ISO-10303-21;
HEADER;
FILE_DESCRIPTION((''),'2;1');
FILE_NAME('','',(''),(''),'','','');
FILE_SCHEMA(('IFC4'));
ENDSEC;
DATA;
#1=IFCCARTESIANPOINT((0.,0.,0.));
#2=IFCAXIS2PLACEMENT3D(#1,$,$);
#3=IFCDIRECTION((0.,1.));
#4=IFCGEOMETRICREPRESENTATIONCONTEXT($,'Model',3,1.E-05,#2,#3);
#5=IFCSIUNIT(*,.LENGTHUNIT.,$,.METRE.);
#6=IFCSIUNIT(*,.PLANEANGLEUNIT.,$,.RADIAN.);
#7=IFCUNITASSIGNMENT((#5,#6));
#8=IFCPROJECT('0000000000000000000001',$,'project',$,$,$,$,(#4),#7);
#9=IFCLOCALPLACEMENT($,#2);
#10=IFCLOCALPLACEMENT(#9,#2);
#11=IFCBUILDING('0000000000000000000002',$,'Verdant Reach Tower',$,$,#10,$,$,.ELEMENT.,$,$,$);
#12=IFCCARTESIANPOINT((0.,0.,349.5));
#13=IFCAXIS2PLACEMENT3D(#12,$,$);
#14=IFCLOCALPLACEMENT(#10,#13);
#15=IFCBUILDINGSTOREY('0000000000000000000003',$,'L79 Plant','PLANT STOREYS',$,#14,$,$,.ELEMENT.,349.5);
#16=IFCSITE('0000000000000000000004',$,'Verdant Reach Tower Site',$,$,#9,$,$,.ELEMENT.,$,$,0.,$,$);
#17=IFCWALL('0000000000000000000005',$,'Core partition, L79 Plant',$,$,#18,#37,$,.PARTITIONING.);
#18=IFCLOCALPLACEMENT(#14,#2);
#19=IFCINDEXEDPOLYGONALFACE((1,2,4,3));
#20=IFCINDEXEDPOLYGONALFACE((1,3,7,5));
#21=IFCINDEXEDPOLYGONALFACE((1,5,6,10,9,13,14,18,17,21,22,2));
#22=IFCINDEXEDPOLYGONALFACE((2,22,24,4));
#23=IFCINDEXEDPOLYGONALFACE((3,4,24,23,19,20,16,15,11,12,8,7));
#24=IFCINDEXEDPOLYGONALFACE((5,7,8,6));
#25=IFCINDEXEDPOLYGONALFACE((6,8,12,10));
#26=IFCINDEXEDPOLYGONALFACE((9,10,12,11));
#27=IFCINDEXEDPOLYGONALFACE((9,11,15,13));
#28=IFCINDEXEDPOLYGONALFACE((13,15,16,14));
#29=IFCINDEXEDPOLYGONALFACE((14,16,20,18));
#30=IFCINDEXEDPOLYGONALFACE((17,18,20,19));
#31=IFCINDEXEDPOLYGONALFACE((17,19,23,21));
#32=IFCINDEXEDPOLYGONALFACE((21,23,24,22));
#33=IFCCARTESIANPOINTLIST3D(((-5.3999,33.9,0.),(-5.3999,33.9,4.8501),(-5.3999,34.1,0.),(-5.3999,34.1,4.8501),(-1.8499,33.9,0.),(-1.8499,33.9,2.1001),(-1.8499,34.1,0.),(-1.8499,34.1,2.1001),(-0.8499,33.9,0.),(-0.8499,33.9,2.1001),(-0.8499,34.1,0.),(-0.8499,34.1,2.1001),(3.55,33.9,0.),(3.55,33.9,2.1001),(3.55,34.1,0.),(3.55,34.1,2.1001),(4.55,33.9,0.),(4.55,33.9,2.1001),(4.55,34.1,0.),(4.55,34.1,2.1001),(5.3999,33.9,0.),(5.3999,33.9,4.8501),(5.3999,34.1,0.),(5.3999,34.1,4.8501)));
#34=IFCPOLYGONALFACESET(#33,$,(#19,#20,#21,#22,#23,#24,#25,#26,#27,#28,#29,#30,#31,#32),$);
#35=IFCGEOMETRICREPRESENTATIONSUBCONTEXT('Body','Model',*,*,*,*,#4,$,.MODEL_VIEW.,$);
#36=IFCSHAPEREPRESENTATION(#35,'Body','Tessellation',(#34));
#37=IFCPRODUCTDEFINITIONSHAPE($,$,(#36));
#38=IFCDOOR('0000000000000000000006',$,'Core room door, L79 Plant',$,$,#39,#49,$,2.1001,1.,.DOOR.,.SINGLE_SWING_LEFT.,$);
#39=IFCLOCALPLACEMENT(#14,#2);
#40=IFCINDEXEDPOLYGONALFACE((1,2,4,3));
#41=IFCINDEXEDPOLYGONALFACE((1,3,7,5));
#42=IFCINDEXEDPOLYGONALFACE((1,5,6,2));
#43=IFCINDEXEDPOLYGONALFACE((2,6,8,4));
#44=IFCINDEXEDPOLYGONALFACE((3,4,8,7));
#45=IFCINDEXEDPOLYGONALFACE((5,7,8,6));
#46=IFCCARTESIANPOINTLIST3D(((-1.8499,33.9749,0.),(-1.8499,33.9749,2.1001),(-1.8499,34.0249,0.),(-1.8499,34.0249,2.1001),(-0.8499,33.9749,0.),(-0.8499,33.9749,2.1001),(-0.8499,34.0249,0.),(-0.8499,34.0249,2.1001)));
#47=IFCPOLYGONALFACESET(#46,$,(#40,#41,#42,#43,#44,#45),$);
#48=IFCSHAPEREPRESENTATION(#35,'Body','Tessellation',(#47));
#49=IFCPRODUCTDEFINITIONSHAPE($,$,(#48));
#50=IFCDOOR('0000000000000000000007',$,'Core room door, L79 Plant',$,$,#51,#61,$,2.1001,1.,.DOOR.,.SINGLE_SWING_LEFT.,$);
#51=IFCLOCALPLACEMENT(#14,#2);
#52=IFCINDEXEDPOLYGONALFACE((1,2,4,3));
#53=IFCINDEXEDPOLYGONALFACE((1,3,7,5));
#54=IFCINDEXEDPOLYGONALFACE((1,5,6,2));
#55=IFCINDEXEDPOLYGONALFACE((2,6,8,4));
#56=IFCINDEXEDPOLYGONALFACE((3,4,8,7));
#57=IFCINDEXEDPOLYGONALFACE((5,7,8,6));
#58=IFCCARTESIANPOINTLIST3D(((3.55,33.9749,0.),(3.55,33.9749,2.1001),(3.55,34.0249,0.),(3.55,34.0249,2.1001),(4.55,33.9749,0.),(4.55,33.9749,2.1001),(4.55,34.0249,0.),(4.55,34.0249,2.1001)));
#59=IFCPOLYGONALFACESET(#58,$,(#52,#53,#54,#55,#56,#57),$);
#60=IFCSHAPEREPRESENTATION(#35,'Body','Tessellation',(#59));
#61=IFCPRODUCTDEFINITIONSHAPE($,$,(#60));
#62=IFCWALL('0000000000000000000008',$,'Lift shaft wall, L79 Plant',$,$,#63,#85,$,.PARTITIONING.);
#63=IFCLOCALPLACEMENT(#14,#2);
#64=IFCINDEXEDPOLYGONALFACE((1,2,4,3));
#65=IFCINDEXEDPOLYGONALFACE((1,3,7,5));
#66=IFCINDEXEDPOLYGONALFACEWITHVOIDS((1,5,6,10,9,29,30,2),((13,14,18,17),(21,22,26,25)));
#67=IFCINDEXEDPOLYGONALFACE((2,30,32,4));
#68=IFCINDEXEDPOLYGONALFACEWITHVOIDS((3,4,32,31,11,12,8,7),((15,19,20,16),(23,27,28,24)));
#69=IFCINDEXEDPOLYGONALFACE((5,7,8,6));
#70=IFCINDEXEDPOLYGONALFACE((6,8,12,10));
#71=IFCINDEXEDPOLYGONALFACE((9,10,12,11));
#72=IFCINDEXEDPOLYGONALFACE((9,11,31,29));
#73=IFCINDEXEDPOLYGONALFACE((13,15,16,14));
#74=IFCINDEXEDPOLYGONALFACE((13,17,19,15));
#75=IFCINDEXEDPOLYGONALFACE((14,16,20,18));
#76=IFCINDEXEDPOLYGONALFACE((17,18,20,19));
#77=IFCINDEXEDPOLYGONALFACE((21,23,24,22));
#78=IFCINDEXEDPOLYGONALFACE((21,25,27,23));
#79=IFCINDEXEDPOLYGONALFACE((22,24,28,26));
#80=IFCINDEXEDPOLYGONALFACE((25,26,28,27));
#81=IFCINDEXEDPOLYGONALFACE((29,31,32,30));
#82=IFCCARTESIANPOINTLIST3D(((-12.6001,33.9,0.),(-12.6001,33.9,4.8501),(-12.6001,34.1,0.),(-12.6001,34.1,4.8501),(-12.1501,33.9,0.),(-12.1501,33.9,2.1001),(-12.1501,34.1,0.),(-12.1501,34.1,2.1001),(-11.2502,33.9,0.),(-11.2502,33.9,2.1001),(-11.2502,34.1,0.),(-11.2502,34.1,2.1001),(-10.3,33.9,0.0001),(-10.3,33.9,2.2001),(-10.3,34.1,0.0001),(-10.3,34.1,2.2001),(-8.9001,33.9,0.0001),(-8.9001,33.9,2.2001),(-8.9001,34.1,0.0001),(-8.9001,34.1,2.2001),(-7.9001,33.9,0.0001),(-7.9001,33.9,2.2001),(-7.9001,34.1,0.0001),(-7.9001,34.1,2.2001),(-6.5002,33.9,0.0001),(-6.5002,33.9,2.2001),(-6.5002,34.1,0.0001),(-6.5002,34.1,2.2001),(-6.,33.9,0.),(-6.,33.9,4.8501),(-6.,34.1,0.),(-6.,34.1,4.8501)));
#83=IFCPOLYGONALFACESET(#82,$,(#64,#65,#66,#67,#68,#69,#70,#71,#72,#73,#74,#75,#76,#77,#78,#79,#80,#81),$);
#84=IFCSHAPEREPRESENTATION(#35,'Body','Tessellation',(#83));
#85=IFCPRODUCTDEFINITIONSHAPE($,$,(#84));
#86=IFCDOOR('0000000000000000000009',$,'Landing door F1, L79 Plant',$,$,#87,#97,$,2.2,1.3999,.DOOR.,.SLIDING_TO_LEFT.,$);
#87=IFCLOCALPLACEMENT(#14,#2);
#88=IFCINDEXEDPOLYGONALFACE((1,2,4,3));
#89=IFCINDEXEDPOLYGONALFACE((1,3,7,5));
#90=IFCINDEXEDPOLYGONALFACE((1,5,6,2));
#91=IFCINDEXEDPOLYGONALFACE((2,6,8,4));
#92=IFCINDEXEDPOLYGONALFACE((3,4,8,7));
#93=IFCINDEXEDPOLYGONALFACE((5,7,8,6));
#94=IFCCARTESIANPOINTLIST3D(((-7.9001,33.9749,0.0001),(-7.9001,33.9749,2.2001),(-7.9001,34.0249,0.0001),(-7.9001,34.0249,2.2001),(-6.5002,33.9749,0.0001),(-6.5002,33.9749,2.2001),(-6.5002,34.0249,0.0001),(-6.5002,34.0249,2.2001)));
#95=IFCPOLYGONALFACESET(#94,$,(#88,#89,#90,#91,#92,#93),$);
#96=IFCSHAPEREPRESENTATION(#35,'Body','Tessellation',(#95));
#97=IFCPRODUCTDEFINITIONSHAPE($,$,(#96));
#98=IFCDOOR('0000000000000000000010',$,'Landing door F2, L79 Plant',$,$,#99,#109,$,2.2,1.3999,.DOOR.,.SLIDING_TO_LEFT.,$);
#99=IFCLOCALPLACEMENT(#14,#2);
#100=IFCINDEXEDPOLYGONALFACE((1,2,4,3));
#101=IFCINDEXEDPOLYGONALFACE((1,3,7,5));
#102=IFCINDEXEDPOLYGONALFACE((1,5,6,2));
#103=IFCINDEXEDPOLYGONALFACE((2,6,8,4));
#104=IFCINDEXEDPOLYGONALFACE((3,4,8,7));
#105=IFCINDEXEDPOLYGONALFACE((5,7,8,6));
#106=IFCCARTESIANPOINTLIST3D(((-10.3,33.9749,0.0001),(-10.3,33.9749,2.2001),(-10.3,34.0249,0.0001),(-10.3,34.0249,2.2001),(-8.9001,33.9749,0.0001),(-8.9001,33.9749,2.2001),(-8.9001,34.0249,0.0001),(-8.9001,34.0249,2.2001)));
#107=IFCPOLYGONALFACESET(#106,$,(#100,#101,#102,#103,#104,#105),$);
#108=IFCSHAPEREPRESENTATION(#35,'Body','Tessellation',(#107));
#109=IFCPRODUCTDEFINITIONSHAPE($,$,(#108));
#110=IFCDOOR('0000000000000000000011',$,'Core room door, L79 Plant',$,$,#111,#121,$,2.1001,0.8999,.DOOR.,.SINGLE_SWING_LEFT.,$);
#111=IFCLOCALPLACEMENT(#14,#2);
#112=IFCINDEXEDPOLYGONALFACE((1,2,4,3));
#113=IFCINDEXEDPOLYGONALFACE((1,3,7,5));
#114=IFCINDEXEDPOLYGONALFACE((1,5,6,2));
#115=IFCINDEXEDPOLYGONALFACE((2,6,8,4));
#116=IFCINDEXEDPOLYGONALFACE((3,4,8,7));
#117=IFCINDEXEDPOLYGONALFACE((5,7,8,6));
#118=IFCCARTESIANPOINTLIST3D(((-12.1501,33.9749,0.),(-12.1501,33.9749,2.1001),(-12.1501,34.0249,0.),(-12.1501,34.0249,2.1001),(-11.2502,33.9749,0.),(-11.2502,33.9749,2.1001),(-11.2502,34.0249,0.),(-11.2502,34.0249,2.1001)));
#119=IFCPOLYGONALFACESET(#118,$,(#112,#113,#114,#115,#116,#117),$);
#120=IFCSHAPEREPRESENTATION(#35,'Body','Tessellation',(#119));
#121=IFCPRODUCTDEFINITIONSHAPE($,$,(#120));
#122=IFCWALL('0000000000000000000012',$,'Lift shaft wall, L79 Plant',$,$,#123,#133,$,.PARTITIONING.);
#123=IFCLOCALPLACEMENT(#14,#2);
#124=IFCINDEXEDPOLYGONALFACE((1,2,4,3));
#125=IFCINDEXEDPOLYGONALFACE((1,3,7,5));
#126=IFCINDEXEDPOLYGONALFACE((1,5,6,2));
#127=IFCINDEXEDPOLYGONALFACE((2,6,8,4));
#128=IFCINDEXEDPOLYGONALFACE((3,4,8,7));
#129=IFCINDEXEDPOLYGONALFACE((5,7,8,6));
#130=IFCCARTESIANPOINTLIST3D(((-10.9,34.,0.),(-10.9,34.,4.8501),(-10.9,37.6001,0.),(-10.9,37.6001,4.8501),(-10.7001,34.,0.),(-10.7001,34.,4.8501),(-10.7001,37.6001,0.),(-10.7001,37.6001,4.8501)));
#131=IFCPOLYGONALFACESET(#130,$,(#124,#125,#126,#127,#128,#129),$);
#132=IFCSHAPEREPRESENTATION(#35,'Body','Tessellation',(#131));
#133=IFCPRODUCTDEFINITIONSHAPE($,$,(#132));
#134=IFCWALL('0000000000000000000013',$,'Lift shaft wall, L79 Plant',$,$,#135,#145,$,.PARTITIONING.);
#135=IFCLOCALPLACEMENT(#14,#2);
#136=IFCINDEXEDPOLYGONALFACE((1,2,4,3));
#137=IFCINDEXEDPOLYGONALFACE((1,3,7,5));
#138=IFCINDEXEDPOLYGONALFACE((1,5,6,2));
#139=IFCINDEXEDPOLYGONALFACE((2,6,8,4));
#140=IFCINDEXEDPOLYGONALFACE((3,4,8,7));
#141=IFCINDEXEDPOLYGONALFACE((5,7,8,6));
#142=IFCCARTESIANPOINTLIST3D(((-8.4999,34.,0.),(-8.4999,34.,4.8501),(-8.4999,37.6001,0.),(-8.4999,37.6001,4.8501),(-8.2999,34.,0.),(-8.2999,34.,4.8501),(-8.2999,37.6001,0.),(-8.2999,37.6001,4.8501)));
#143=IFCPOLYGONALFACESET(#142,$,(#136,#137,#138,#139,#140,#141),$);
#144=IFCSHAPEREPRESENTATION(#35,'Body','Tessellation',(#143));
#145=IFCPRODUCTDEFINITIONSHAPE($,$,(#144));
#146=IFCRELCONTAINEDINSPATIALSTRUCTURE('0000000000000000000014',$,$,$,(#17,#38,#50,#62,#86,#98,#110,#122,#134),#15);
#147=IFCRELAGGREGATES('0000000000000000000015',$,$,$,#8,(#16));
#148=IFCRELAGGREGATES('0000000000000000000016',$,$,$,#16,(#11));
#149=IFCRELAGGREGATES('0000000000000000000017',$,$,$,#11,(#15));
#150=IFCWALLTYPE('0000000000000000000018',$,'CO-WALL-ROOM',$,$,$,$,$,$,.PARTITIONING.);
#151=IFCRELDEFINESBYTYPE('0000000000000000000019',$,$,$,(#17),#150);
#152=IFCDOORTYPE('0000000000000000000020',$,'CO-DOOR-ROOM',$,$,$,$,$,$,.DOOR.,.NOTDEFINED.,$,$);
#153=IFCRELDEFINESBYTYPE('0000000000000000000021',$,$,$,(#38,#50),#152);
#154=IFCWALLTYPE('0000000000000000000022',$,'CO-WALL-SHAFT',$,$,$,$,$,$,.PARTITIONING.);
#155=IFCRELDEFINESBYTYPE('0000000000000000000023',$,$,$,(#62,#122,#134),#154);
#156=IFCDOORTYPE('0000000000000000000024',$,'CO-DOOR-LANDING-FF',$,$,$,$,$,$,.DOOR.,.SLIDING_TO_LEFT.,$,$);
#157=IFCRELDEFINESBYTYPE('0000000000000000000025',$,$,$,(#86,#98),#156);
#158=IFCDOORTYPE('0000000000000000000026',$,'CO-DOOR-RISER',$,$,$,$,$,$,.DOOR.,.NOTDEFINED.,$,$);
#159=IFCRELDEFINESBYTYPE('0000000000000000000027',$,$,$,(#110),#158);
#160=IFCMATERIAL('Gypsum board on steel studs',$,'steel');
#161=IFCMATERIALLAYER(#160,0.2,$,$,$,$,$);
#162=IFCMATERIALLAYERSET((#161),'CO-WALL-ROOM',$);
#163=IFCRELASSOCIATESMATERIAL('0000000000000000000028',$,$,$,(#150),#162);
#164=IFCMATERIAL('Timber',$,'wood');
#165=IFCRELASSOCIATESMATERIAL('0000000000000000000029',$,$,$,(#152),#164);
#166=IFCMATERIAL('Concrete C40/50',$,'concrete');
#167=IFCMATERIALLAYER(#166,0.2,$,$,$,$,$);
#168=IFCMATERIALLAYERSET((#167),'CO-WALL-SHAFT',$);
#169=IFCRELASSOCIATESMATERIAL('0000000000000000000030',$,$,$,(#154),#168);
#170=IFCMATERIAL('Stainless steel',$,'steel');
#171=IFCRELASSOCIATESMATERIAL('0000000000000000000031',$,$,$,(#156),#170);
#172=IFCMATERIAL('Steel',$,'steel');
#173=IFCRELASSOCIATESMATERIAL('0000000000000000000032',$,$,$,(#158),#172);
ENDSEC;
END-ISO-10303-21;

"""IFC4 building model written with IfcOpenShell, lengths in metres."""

from ifc_helpers import new_model, si_unit, direction, frame, frame_2d, origin, place, context, subcontext, project, spatial, rectangle, extrude, material, layer, layer_set, type_object, element, fill, save


model = new_model("IFC4")

# Units and contexts
model_context = context("Model", 3, precision=1e-05, world=origin(), true_north=direction((0.0, 1.0)))
body_context = subcontext(model_context, "Body", "Model", "MODEL_VIEW")
ifc_project = project(units=[si_unit("LENGTHUNIT", "METRE"), si_unit("PLANEANGLEUNIT", "RADIAN")], contexts=[model_context])

# Site, building, storey
site_placement = place(None, origin())
site = spatial("IfcSite", under=ifc_project, at=site_placement, Name="Verdant Reach Tower Site", CompositionType="ELEMENT", RefElevation=0.0)
building_placement = place(site_placement, origin())
building = spatial("IfcBuilding", under=site, at=building_placement, Name="Verdant Reach Tower", CompositionType="ELEMENT")
storey_placement = place(building_placement, frame((0.0, 0.0, 349.5)))
storey = spatial("IfcBuildingStorey", under=building, at=storey_placement, Name="L79 Plant", Description="PLANT STOREYS", CompositionType="ELEMENT", Elevation=349.5)

# Shared definitions
ifc_material_1 = material(Name="Gypsum board on steel studs", Category="steel")
ifc_layer_1 = layer(ifc_material_1, 0.2)
ifc_layer_set_1 = layer_set([ifc_layer_1], Name="CO-WALL-ROOM")
wall_type_1 = type_object("IfcWallType", Name="CO-WALL-ROOM", PredefinedType="PARTITIONING", material=ifc_layer_set_1)
ifc_material_2 = material(Name="Timber", Category="wood")
door_type_1 = type_object("IfcDoorType", Name="CO-DOOR-ROOM", OperationType="NOTDEFINED", PredefinedType="DOOR", material=ifc_material_2)

# Walls, openings, doors
wall_1_placement = place(storey_placement, frame((-5.3999, 34.0, 0.0), z_axis=(0.0, 0.0, 1.0), x_axis=(1.0, 0.0, 0.0)))
wall_1 = element("IfcWall", 1, at=wall_1_placement, inside=storey, type_object=wall_type_1, Name="Core partition, L79 Plant", PredefinedType="PARTITIONING", context=body_context, shape_type="SweptSolid", body=[
    extrude(rectangle(XDim=10.7998, YDim=0.2, at=frame_2d((5.3999, 0.0))), origin(), (0.0, 0.0, 1.0), 4.8501),
])
opening_1_placement = place(wall_1_placement, frame((3.55, 0.0, 0.0)))
opening_1 = element("IfcOpeningElement", 2, at=opening_1_placement, cuts=wall_1, PredefinedType="OPENING", context=body_context, shape_type="SweptSolid", body=[
    extrude(rectangle(XDim=1.0, YDim=2.1001, at=frame_2d((0.5, 1.05))), frame((0.0, 0.1099, 0.0), z_axis=(0.0, -1.0, 0.0), x_axis=(1.0, 0.0, 0.0)), (0.0, 0.0, 1.0), 0.22),
])
opening_2_placement = place(wall_1_placement, frame((8.95, 0.0, 0.0)))
opening_2 = element("IfcOpeningElement", 3, at=opening_2_placement, cuts=wall_1, PredefinedType="OPENING", context=body_context, shape_type="SweptSolid", body=[
    extrude(rectangle(XDim=1.0, YDim=2.1001, at=frame_2d((0.5, 1.05))), frame((0.0, 0.1099, 0.0), z_axis=(0.0, -1.0, 0.0), x_axis=(1.0, 0.0, 0.0)), (0.0, 0.0, 1.0), 0.22),
])
door_1_placement = place(opening_1_placement, origin())
door_1 = element("IfcDoor", 4, at=door_1_placement, inside=storey, type_object=door_type_1, Name="Core room door, L79 Plant", OperationType="SINGLE_SWING_LEFT", OverallHeight=2.1001, OverallWidth=1.0, PredefinedType="DOOR", context=body_context, shape_type="SweptSolid", body=[
    extrude(rectangle(XDim=1.0, YDim=2.1001, at=frame_2d((0.5, 1.05))), frame((0.0, 0.0249, 0.0), z_axis=(0.0, -1.0, 0.0), x_axis=(1.0, 0.0, 0.0)), (0.0, 0.0, 1.0), 0.05),
])
fill(opening_1, door_1)
door_2_placement = place(opening_2_placement, origin())
door_2 = element("IfcDoor", 5, at=door_2_placement, inside=storey, type_object=door_type_1, Name="Core room door, L79 Plant", OperationType="SINGLE_SWING_LEFT", OverallHeight=2.1001, OverallWidth=1.0, PredefinedType="DOOR", context=body_context, shape_type="SweptSolid", body=[
    extrude(rectangle(XDim=1.0, YDim=2.1001, at=frame_2d((0.5, 1.05))), frame((0.0, 0.0249, 0.0), z_axis=(0.0, -1.0, 0.0), x_axis=(1.0, 0.0, 0.0)), (0.0, 0.0, 1.0), 0.05),
])
fill(opening_2, door_2)
ifc_material_3 = material(Name="Concrete C40/50", Category="concrete")
ifc_layer_2 = layer(ifc_material_3, 0.2)
ifc_layer_set_2 = layer_set([ifc_layer_2], Name="CO-WALL-SHAFT")
wall_type_2 = type_object("IfcWallType", Name="CO-WALL-SHAFT", PredefinedType="PARTITIONING", material=ifc_layer_set_2)
wall_2_placement = place(storey_placement, frame((-12.6001, 34.0, 0.0), z_axis=(0.0, 0.0, 1.0), x_axis=(1.0, 0.0, 0.0)))
wall_2 = element("IfcWall", 6, at=wall_2_placement, inside=storey, type_object=wall_type_2, Name="Lift shaft wall, L79 Plant", PredefinedType="PARTITIONING", context=body_context, shape_type="SweptSolid", body=[
    extrude(rectangle(XDim=6.6001, YDim=0.2, at=frame_2d((3.3, 0.0))), origin(), (0.0, 0.0, 1.0), 4.8501),
])
opening_3_placement = place(wall_2_placement, frame((4.7, 0.0, 0.0)))
opening_3 = element("IfcOpeningElement", 7, at=opening_3_placement, cuts=wall_2, PredefinedType="OPENING", context=body_context, shape_type="SweptSolid", body=[
    extrude(rectangle(XDim=1.3999, YDim=2.2, at=frame_2d((0.7, 1.1001))), frame((0.0, 0.1099, 0.0), z_axis=(0.0, -1.0, 0.0), x_axis=(1.0, 0.0, 0.0)), (0.0, 0.0, 1.0), 0.22),
])
opening_4_placement = place(wall_2_placement, frame((2.3, 0.0, 0.0)))
opening_4 = element("IfcOpeningElement", 8, at=opening_4_placement, cuts=wall_2, PredefinedType="OPENING", context=body_context, shape_type="SweptSolid", body=[
    extrude(rectangle(XDim=1.3999, YDim=2.2, at=frame_2d((0.7, 1.1001))), frame((0.0, 0.1099, 0.0), z_axis=(0.0, -1.0, 0.0), x_axis=(1.0, 0.0, 0.0)), (0.0, 0.0, 1.0), 0.22),
])
opening_5_placement = place(wall_2_placement, frame((0.45, 0.0, 0.0)))
opening_5 = element("IfcOpeningElement", 9, at=opening_5_placement, cuts=wall_2, PredefinedType="OPENING", context=body_context, shape_type="SweptSolid", body=[
    extrude(rectangle(XDim=0.8999, YDim=2.1001, at=frame_2d((0.45, 1.05))), frame((0.0, 0.1099, 0.0), z_axis=(0.0, -1.0, 0.0), x_axis=(1.0, 0.0, 0.0)), (0.0, 0.0, 1.0), 0.22),
])
ifc_material_4 = material(Name="Stainless steel", Category="steel")
door_type_2 = type_object("IfcDoorType", Name="CO-DOOR-LANDING-FF", OperationType="SLIDING_TO_LEFT", PredefinedType="DOOR", material=ifc_material_4)
door_3_placement = place(opening_3_placement, origin())
door_3 = element("IfcDoor", 10, at=door_3_placement, inside=storey, type_object=door_type_2, Name="Landing door F1, L79 Plant", OperationType="SLIDING_TO_LEFT", OverallHeight=2.2, OverallWidth=1.3999, PredefinedType="DOOR", context=body_context, shape_type="SweptSolid", body=[
    extrude(rectangle(XDim=1.3999, YDim=2.2, at=frame_2d((0.7, 1.1001))), frame((0.0, 0.0249, 0.0), z_axis=(0.0, -1.0, 0.0), x_axis=(1.0, 0.0, 0.0)), (0.0, 0.0, 1.0), 0.05),
])
fill(opening_3, door_3)
door_4_placement = place(opening_4_placement, origin())
door_4 = element("IfcDoor", 11, at=door_4_placement, inside=storey, type_object=door_type_2, Name="Landing door F2, L79 Plant", OperationType="SLIDING_TO_LEFT", OverallHeight=2.2, OverallWidth=1.3999, PredefinedType="DOOR", context=body_context, shape_type="SweptSolid", body=[
    extrude(rectangle(XDim=1.3999, YDim=2.2, at=frame_2d((0.7, 1.1001))), frame((0.0, 0.0249, 0.0), z_axis=(0.0, -1.0, 0.0), x_axis=(1.0, 0.0, 0.0)), (0.0, 0.0, 1.0), 0.05),
])
fill(opening_4, door_4)
ifc_material_5 = material(Name="Steel", Category="steel")
door_type_3 = type_object("IfcDoorType", Name="CO-DOOR-RISER", OperationType="NOTDEFINED", PredefinedType="DOOR", material=ifc_material_5)
door_5_placement = place(opening_5_placement, origin())
door_5 = element("IfcDoor", 12, at=door_5_placement, inside=storey, type_object=door_type_3, Name="Core room door, L79 Plant", OperationType="SINGLE_SWING_LEFT", OverallHeight=2.1001, OverallWidth=0.8999, PredefinedType="DOOR", context=body_context, shape_type="SweptSolid", body=[
    extrude(rectangle(XDim=0.8999, YDim=2.1001, at=frame_2d((0.45, 1.05))), frame((0.0, 0.0249, 0.0), z_axis=(0.0, -1.0, 0.0), x_axis=(1.0, 0.0, 0.0)), (0.0, 0.0, 1.0), 0.05),
])
fill(opening_5, door_5)

# Walls
for number, where, z_axis, x_axis, name in (
    (13, (-10.8, 34.0, 0.0), (0.0, 0.0, 1.0), (0.0, 1.0, 0.0), "Lift shaft wall, L79 Plant"),
    (14, (-8.3999, 34.0, 0.0), (0.0, 0.0, 1.0), (0.0, 1.0, 0.0), "Lift shaft wall, L79 Plant"),
):
    element("IfcWall", number, at=place(storey_placement, frame(where, z_axis=z_axis, x_axis=x_axis)), inside=storey, type_object=wall_type_2, Name=name, PredefinedType="PARTITIONING", context=body_context, shape_type="SweptSolid", body=[
        extrude(rectangle(XDim=3.6001, YDim=0.2, at=frame_2d((1.8, 0.0))), origin(), (0.0, 0.0, 1.0), 4.8501),
    ])

save(model, "model.ifc")
